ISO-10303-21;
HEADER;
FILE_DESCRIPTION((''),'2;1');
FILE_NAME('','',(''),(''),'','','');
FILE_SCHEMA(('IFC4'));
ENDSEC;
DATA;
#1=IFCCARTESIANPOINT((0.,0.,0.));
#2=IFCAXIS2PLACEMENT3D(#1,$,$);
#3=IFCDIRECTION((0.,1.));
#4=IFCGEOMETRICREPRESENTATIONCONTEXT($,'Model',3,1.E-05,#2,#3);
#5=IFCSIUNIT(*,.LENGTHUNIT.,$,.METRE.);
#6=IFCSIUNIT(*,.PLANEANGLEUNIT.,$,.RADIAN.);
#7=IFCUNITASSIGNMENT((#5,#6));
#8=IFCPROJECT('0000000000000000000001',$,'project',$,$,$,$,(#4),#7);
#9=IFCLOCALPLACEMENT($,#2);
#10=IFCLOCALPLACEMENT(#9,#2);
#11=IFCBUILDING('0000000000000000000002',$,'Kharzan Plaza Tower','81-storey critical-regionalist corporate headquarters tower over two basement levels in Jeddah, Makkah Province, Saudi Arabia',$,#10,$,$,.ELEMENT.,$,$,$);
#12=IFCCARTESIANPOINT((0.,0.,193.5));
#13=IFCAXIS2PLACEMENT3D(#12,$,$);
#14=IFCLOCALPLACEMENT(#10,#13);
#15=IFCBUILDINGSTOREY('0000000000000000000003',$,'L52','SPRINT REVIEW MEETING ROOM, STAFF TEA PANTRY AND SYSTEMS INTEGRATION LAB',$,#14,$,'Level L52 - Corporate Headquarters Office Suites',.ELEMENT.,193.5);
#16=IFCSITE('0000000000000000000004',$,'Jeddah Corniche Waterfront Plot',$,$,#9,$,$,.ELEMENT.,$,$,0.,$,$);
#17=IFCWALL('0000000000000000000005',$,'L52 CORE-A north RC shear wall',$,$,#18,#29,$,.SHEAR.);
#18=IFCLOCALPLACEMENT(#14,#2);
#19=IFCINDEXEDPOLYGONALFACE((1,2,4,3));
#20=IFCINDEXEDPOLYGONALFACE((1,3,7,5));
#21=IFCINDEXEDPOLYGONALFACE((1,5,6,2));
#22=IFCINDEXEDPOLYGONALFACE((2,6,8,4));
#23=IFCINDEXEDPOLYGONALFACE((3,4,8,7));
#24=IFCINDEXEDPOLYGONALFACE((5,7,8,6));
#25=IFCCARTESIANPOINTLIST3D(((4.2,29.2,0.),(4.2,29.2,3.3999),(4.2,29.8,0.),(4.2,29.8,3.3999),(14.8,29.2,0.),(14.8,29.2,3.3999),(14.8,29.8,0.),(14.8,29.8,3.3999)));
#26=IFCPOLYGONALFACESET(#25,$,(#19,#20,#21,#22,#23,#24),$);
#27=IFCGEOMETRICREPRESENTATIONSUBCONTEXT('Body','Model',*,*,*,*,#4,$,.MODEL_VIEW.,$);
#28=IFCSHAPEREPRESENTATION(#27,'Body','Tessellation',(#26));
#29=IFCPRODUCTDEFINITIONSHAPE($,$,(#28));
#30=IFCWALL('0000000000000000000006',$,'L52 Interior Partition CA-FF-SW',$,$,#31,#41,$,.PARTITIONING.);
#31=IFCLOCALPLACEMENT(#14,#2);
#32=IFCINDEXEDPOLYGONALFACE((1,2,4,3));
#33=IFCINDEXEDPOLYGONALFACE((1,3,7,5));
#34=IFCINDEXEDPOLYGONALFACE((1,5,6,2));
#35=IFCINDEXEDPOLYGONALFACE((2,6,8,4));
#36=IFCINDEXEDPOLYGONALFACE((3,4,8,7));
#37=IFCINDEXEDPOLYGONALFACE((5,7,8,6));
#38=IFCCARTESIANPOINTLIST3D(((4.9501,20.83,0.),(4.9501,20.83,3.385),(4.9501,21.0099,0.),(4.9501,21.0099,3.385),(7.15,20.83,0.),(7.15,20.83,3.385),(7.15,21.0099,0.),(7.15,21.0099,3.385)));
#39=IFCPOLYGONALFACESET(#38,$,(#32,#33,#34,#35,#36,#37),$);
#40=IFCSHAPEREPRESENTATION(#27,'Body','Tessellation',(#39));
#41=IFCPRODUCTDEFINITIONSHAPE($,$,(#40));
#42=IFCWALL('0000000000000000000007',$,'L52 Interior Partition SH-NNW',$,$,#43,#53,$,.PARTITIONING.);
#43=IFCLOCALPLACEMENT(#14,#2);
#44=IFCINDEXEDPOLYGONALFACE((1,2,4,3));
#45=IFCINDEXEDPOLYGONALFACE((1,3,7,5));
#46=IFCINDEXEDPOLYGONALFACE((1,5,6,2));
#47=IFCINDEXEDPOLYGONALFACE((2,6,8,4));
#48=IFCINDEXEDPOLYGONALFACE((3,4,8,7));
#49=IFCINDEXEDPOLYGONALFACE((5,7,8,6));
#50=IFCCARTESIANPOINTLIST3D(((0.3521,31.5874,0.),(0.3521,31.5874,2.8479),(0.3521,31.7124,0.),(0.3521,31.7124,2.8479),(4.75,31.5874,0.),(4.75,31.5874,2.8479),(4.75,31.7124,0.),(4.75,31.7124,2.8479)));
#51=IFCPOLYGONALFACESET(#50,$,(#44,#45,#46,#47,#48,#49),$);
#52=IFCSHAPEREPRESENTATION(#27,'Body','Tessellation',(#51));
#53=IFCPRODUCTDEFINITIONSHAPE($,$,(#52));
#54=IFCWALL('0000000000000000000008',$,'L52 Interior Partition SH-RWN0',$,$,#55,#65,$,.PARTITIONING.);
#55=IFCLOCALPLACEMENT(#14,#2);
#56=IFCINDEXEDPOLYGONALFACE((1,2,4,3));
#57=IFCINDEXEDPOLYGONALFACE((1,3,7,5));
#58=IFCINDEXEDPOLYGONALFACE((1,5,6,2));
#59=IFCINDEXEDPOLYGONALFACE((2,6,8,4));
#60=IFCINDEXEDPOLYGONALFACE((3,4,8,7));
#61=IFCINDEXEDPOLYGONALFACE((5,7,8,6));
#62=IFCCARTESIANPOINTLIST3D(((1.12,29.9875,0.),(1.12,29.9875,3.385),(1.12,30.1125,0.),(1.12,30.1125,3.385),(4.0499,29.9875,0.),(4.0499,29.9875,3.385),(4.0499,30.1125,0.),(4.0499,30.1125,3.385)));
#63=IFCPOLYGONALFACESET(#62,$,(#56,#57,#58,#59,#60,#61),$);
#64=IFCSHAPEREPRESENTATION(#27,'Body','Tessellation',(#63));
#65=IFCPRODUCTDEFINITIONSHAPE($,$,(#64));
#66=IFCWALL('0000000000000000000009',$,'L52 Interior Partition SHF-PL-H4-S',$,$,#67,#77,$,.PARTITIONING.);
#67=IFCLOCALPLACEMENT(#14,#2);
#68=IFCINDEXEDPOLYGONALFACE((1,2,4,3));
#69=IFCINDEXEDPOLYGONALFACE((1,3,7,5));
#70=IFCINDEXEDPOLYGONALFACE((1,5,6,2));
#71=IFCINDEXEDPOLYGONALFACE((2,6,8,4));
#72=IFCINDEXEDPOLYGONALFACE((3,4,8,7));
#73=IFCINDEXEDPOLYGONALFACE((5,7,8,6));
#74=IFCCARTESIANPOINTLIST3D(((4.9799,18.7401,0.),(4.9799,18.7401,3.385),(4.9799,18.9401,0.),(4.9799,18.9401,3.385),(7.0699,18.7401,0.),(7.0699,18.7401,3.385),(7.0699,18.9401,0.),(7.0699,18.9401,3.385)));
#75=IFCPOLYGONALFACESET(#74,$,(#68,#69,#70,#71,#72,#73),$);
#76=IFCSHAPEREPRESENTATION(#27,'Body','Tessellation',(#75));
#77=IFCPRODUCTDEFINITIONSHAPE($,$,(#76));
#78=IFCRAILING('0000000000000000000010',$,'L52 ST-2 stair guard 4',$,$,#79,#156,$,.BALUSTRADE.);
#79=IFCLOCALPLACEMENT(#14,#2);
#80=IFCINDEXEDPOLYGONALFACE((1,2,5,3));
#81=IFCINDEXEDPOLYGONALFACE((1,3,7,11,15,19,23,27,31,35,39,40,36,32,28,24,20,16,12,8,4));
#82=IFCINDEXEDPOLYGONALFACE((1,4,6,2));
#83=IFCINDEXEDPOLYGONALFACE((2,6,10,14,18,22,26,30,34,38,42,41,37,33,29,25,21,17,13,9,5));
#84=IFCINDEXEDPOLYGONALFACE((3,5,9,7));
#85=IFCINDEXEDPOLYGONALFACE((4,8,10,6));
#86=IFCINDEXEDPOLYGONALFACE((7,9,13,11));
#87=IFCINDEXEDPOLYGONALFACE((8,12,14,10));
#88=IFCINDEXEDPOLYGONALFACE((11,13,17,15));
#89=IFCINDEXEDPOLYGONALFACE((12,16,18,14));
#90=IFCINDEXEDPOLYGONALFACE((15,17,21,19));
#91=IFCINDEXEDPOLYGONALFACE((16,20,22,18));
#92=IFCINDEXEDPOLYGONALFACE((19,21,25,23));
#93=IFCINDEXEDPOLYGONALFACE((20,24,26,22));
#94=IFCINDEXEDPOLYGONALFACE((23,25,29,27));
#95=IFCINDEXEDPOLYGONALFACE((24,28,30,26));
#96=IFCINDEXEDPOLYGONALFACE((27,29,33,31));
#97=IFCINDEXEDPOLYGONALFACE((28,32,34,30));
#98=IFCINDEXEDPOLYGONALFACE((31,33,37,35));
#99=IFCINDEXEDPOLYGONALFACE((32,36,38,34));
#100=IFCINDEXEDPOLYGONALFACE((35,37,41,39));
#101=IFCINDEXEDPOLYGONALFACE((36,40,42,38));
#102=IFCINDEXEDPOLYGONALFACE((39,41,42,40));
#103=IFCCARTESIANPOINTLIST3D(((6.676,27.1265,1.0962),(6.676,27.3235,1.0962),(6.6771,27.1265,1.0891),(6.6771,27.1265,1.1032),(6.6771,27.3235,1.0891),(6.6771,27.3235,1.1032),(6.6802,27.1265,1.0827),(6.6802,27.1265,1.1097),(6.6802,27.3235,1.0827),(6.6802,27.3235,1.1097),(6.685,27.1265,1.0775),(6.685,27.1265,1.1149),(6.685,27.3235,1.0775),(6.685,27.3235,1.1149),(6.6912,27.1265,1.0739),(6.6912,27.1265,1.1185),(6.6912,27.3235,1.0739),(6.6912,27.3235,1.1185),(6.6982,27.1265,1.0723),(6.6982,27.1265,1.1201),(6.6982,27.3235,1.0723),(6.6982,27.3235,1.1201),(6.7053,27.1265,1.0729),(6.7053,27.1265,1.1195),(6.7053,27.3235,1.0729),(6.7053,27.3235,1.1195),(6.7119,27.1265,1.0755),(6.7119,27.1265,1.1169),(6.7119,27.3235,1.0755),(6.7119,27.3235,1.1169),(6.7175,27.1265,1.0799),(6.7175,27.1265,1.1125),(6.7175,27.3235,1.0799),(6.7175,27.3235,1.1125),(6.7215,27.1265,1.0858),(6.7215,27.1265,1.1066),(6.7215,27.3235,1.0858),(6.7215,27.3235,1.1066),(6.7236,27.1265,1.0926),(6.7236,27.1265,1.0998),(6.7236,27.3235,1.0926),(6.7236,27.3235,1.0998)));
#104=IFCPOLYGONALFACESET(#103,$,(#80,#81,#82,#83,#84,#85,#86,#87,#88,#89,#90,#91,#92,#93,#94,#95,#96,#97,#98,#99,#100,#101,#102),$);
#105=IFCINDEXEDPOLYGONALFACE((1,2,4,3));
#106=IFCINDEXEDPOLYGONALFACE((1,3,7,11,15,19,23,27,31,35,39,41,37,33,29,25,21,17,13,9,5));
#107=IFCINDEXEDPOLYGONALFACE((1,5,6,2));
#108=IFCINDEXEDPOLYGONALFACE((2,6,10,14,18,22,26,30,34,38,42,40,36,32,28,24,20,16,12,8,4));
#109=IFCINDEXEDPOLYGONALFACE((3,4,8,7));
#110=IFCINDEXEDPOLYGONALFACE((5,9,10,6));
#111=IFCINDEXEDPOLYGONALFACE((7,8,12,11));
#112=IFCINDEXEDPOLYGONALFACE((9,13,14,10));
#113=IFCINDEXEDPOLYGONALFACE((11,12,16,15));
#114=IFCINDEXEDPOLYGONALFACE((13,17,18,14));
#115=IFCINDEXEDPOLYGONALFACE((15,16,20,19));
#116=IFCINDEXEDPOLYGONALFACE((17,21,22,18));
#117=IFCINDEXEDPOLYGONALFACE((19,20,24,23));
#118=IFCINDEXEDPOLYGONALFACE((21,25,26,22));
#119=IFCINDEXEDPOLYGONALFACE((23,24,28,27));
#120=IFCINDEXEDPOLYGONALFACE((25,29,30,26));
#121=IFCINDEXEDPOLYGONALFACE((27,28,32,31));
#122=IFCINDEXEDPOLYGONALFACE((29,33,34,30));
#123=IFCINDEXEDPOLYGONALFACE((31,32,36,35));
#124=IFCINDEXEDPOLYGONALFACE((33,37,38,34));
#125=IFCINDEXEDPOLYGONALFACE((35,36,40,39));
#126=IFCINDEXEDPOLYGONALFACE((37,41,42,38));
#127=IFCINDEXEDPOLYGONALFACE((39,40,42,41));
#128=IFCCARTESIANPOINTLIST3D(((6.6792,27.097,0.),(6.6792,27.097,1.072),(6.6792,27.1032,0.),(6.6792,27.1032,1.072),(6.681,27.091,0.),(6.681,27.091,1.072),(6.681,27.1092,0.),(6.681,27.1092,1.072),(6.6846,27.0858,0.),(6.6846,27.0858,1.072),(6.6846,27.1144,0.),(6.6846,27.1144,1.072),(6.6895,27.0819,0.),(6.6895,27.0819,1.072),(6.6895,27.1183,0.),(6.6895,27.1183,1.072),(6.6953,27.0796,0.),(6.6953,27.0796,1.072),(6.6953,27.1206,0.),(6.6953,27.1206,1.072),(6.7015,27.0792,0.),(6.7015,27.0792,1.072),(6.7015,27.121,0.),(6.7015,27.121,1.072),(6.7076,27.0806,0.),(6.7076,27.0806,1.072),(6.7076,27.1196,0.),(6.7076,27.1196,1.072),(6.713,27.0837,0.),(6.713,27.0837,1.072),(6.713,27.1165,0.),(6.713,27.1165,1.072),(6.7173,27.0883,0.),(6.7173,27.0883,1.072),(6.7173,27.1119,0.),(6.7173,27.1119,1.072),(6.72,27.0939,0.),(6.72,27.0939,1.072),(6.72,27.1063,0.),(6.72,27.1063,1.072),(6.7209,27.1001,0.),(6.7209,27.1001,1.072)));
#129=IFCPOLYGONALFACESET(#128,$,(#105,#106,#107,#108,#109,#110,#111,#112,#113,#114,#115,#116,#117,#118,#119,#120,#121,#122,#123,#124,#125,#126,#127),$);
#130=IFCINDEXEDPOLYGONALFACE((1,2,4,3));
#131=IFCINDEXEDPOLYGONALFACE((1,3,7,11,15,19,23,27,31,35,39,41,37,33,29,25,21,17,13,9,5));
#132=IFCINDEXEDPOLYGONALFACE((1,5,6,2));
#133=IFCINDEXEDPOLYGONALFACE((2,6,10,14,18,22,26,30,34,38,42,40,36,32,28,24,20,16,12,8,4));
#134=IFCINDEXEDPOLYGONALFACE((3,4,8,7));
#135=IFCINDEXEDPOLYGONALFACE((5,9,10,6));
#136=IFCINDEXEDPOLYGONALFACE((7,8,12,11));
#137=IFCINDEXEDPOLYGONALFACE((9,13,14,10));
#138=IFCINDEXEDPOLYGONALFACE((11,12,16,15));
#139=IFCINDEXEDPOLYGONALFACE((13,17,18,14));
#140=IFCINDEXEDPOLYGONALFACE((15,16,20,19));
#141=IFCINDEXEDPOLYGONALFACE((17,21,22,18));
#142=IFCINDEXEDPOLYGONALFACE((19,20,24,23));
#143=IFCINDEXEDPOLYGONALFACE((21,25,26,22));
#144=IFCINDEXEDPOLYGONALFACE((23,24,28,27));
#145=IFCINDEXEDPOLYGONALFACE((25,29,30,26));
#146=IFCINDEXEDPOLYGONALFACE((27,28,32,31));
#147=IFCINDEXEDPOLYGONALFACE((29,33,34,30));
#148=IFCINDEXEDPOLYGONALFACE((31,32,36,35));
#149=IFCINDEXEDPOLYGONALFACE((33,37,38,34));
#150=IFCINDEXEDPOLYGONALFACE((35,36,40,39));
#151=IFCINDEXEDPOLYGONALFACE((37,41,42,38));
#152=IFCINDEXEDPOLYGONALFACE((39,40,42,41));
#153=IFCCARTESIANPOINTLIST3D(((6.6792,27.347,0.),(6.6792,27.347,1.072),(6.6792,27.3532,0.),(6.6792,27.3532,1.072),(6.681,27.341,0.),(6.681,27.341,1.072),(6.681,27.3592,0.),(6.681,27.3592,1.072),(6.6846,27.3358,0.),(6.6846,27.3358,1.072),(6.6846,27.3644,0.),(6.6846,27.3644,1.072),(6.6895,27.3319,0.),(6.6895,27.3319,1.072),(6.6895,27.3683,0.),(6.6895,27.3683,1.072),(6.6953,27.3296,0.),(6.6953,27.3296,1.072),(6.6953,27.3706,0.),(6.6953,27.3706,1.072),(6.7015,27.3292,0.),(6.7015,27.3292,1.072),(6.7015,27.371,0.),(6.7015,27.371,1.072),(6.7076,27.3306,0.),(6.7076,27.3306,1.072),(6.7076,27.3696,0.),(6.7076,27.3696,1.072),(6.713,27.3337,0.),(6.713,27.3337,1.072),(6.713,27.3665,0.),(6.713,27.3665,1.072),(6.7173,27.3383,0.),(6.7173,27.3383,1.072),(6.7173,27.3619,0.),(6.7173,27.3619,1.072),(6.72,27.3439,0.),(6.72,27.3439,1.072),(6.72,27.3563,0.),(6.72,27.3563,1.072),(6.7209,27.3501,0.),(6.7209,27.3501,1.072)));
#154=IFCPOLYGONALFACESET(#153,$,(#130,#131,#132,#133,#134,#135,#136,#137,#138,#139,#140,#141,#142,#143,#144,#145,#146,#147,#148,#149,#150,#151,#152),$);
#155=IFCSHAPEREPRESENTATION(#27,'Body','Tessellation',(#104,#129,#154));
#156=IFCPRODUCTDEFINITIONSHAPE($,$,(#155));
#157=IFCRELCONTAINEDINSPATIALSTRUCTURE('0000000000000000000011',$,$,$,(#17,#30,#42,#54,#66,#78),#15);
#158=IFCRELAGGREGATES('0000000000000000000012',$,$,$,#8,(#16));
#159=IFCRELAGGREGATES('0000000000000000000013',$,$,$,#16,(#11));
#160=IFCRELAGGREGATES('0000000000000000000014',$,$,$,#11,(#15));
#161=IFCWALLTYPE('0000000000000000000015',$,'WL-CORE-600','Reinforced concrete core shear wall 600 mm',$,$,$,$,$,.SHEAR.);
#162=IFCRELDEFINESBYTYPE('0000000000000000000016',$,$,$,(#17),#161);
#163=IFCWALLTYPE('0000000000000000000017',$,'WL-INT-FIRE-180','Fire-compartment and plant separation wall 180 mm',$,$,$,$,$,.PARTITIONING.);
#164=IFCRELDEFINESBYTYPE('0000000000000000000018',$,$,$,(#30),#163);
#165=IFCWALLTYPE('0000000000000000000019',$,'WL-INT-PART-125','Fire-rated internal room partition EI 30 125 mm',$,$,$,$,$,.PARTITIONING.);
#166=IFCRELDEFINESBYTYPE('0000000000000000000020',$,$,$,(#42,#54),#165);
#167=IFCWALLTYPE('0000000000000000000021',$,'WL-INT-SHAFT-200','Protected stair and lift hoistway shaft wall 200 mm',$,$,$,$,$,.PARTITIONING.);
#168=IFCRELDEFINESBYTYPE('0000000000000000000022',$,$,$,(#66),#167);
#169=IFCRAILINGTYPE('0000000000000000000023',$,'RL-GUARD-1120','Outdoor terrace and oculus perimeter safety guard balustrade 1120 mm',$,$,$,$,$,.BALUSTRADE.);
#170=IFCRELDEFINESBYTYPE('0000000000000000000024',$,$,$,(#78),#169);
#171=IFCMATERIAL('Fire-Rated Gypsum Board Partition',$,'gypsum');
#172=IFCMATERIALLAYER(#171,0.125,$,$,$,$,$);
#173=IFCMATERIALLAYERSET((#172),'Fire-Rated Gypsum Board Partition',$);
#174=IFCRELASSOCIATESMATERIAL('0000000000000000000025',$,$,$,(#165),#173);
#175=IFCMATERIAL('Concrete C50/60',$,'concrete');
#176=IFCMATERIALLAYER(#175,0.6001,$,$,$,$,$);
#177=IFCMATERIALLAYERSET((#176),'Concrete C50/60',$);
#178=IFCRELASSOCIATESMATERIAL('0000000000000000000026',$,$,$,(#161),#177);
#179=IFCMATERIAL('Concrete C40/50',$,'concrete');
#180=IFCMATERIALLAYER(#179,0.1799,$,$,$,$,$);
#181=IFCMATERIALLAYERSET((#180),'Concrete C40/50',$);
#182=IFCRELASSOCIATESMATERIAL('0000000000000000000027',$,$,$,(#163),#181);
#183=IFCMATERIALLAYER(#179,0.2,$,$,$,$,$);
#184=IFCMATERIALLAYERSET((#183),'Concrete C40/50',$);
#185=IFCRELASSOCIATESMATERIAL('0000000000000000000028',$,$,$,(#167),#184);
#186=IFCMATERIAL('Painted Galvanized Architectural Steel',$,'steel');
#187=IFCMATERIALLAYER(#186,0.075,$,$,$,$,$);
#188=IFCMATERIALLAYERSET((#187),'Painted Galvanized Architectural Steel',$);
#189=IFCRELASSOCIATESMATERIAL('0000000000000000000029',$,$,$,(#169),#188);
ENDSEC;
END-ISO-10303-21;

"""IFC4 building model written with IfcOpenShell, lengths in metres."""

from ifc_helpers import new_model, si_unit, direction, frame, frame_2d, origin, origin_2d, place, context, subcontext, project, spatial, rectangle, circle, extrude, source, transform, mapped, material, layer, layer_set, type_object, element, save


model = new_model("IFC4")

# Units and contexts
model_context = context("Model", 3, precision=1e-05, world=origin(), true_north=direction((0.0, 1.0)))
body_context = subcontext(model_context, "Body", "Model", "MODEL_VIEW")
ifc_project = project(units=[si_unit("LENGTHUNIT", "METRE"), si_unit("PLANEANGLEUNIT", "RADIAN")], contexts=[model_context])

# Site, building, storey
site_placement = place(None, origin())
site = spatial("IfcSite", under=ifc_project, at=site_placement, Name="Jeddah Corniche Waterfront Plot", CompositionType="ELEMENT", RefElevation=0.0)
building_placement = place(site_placement, origin())
building = spatial("IfcBuilding", under=site, at=building_placement, Name="Kharzan Plaza Tower", Description="81-storey critical-regionalist corporate headquarters tower over two basement levels in Jeddah, Makkah Province, Saudi Arabia", CompositionType="ELEMENT")
storey_placement = place(building_placement, frame((0.0, 0.0, 193.5)))
storey = spatial("IfcBuildingStorey", under=building, at=storey_placement, Name="L52", Description="SPRINT REVIEW MEETING ROOM, STAFF TEA PANTRY AND SYSTEMS INTEGRATION LAB", LongName="Level L52 - Corporate Headquarters Office Suites", CompositionType="ELEMENT", Elevation=193.5)

# Shared definitions
ifc_material_1 = material(Name="Concrete C50/60", Category="concrete")

# Shared definitions
ifc_material_2 = material(Name="Concrete C40/50", Category="concrete")

# Shared definitions
ifc_material_3 = material(Name="Fire-Rated Gypsum Board Partition", Category="gypsum")
ifc_layer_1 = layer(ifc_material_3, 0.125)
ifc_layer_set_1 = layer_set([ifc_layer_1], Name="Fire-Rated Gypsum Board Partition")
wall_type_1 = type_object("IfcWallType", Name="WL-INT-PART-125", Description="Fire-rated internal room partition EI 30 125 mm", PredefinedType="PARTITIONING", material=ifc_layer_set_1)

# Walls
ifc_layer_2 = layer(ifc_material_1, 0.6001)
ifc_layer_set_2 = layer_set([ifc_layer_2], Name="Concrete C50/60")
wall_type_2 = type_object("IfcWallType", Name="WL-CORE-600", Description="Reinforced concrete core shear wall 600 mm", PredefinedType="SHEAR", material=ifc_layer_set_2)
shared_shape_1 = source(origin(), body_context, "Body", "SweptSolid", [
    extrude(rectangle(XDim=10.6001, YDim=0.6001, at=frame_2d((5.3, 0.0))), origin(), (0.0, 0.0, 1.0), 3.3999),
])
wall_1_placement = place(storey_placement, frame((4.2, 29.5, 0.0), z_axis=(0.0, 0.0, 1.0), x_axis=(1.0, 0.0, 0.0)))
element("IfcWall", 1, at=wall_1_placement, inside=storey, type_object=wall_type_2, Name="L52 CORE-A north RC shear wall", PredefinedType="SHEAR", context=body_context, shape_type="MappedRepresentation", body=[
    mapped(shared_shape_1, transform((0.0, 0.0, 0.0), x_axis=(1.0, 0.0, 0.0), y_axis=(0.0, 1.0, 0.0), z_axis=(0.0, 0.0, 1.0))),
])
ifc_layer_3 = layer(ifc_material_2, 0.1799)
ifc_layer_set_3 = layer_set([ifc_layer_3], Name="Concrete C40/50")
wall_type_3 = type_object("IfcWallType", Name="WL-INT-FIRE-180", Description="Fire-compartment and plant separation wall 180 mm", PredefinedType="PARTITIONING", material=ifc_layer_set_3)
shared_shape_2 = source(origin(), body_context, "Body", "SweptSolid", [
    extrude(rectangle(XDim=2.2, YDim=0.1799, at=frame_2d((1.1001, 0.0))), origin(), (0.0, 0.0, 1.0), 3.385),
])
wall_2_placement = place(storey_placement, frame((4.95, 20.9199, 0.0), z_axis=(0.0, 0.0, 1.0), x_axis=(1.0, 0.0, 0.0)))
element("IfcWall", 2, at=wall_2_placement, inside=storey, type_object=wall_type_3, Name="L52 Interior Partition CA-FF-SW", PredefinedType="PARTITIONING", context=body_context, shape_type="MappedRepresentation", body=[
    mapped(shared_shape_2, transform((0.0, 0.0, 0.0), x_axis=(1.0, 0.0, 0.0), y_axis=(0.0, 1.0, 0.0), z_axis=(0.0, 0.0, 1.0))),
])
shared_shape_3 = source(origin(), body_context, "Body", "SweptSolid", [
    extrude(rectangle(XDim=4.3979, YDim=0.125, at=frame_2d((2.199, 0.0))), origin(), (0.0, 0.0, 1.0), 2.8479),
])
wall_3_placement = place(storey_placement, frame((0.3521, 31.6499, 0.0), z_axis=(0.0, 0.0, 1.0), x_axis=(1.0, 0.0, 0.0)))
element("IfcWall", 3, at=wall_3_placement, inside=storey, type_object=wall_type_1, Name="L52 Interior Partition SH-NNW", PredefinedType="PARTITIONING", context=body_context, shape_type="MappedRepresentation", body=[
    mapped(shared_shape_3, transform((0.0, 0.0, 0.0), x_axis=(1.0, 0.0, 0.0), y_axis=(0.0, 1.0, 0.0), z_axis=(0.0, 0.0, 1.0))),
])
shared_shape_4 = source(origin(), body_context, "Body", "SweptSolid", [
    extrude(rectangle(XDim=2.9299, YDim=0.125, at=frame_2d((1.4648, 0.0))), origin(), (0.0, 0.0, 1.0), 3.385),
])
wall_4_placement = place(storey_placement, frame((1.1201, 30.05, 0.0), z_axis=(0.0, 0.0, 1.0), x_axis=(1.0, 0.0, 0.0)))
element("IfcWall", 4, at=wall_4_placement, inside=storey, type_object=wall_type_1, Name="L52 Interior Partition SH-RWN0", PredefinedType="PARTITIONING", context=body_context, shape_type="MappedRepresentation", body=[
    mapped(shared_shape_4, transform((0.0, 0.0, 0.0), x_axis=(1.0, 0.0, 0.0), y_axis=(0.0, 1.0, 0.0), z_axis=(0.0, 0.0, 1.0))),
])
ifc_layer_4 = layer(ifc_material_2, 0.2)
ifc_layer_set_4 = layer_set([ifc_layer_4], Name="Concrete C40/50")
wall_type_4 = type_object("IfcWallType", Name="WL-INT-SHAFT-200", Description="Protected stair and lift hoistway shaft wall 200 mm", PredefinedType="PARTITIONING", material=ifc_layer_set_4)
shared_shape_5 = source(origin(), body_context, "Body", "SweptSolid", [
    extrude(rectangle(XDim=2.0901, YDim=0.2, at=frame_2d((1.0449, 0.0))), origin(), (0.0, 0.0, 1.0), 3.385),
])
wall_5_placement = place(storey_placement, frame((4.98, 18.8401, 0.0), z_axis=(0.0, 0.0, 1.0), x_axis=(1.0, 0.0, 0.0)))
element("IfcWall", 5, at=wall_5_placement, inside=storey, type_object=wall_type_4, Name="L52 Interior Partition SHF-PL-H4-S", PredefinedType="PARTITIONING", context=body_context, shape_type="MappedRepresentation", body=[
    mapped(shared_shape_5, transform((0.0, 0.0, 0.0), x_axis=(1.0, 0.0, 0.0), y_axis=(0.0, 1.0, 0.0), z_axis=(0.0, 0.0, 1.0))),
])

# Railing
ifc_material_4 = material(Name="Painted Galvanized Architectural Steel", Category="steel")
ifc_layer_5 = layer(ifc_material_4, 0.075)
ifc_layer_set_5 = layer_set([ifc_layer_5], Name="Painted Galvanized Architectural Steel")
railing_type = type_object("IfcRailingType", Name="RL-GUARD-1120", Description="Outdoor terrace and oculus perimeter safety guard balustrade 1120 mm", PredefinedType="BALUSTRADE", material=ifc_layer_set_5)
shared_shape_6 = source(origin(), body_context, "Body", "SweptSolid", [
    extrude(circle(Radius=0.0239, at=origin_2d()), frame((0.0, 0.0264, 1.0962), z_axis=(0.0, 1.0, 0.0), x_axis=(-1.0, 0.0, 0.0)), (0.0, 0.0, 1.0), 0.197),
    extrude(circle(Radius=0.021, at=origin_2d()), origin(), (0.0, 0.0, 1.0), 1.072),
    extrude(circle(Radius=0.021, at=origin_2d()), frame((0.0, 0.25, 0.0)), (0.0, 0.0, 1.0), 1.072),
])
railing_placement = place(storey_placement, frame((6.7, 27.1001, 0.0)))
element("IfcRailing", 6, at=railing_placement, inside=storey, type_object=railing_type, Name="L52 ST-2 stair guard 4", PredefinedType="BALUSTRADE", context=body_context, shape_type="MappedRepresentation", body=[
    mapped(shared_shape_6, transform((0.0, 0.0, 0.0), x_axis=(1.0, 0.0, 0.0), y_axis=(0.0, 1.0, 0.0), z_axis=(0.0, 0.0, 1.0))),
])

save(model, "model.ifc")
